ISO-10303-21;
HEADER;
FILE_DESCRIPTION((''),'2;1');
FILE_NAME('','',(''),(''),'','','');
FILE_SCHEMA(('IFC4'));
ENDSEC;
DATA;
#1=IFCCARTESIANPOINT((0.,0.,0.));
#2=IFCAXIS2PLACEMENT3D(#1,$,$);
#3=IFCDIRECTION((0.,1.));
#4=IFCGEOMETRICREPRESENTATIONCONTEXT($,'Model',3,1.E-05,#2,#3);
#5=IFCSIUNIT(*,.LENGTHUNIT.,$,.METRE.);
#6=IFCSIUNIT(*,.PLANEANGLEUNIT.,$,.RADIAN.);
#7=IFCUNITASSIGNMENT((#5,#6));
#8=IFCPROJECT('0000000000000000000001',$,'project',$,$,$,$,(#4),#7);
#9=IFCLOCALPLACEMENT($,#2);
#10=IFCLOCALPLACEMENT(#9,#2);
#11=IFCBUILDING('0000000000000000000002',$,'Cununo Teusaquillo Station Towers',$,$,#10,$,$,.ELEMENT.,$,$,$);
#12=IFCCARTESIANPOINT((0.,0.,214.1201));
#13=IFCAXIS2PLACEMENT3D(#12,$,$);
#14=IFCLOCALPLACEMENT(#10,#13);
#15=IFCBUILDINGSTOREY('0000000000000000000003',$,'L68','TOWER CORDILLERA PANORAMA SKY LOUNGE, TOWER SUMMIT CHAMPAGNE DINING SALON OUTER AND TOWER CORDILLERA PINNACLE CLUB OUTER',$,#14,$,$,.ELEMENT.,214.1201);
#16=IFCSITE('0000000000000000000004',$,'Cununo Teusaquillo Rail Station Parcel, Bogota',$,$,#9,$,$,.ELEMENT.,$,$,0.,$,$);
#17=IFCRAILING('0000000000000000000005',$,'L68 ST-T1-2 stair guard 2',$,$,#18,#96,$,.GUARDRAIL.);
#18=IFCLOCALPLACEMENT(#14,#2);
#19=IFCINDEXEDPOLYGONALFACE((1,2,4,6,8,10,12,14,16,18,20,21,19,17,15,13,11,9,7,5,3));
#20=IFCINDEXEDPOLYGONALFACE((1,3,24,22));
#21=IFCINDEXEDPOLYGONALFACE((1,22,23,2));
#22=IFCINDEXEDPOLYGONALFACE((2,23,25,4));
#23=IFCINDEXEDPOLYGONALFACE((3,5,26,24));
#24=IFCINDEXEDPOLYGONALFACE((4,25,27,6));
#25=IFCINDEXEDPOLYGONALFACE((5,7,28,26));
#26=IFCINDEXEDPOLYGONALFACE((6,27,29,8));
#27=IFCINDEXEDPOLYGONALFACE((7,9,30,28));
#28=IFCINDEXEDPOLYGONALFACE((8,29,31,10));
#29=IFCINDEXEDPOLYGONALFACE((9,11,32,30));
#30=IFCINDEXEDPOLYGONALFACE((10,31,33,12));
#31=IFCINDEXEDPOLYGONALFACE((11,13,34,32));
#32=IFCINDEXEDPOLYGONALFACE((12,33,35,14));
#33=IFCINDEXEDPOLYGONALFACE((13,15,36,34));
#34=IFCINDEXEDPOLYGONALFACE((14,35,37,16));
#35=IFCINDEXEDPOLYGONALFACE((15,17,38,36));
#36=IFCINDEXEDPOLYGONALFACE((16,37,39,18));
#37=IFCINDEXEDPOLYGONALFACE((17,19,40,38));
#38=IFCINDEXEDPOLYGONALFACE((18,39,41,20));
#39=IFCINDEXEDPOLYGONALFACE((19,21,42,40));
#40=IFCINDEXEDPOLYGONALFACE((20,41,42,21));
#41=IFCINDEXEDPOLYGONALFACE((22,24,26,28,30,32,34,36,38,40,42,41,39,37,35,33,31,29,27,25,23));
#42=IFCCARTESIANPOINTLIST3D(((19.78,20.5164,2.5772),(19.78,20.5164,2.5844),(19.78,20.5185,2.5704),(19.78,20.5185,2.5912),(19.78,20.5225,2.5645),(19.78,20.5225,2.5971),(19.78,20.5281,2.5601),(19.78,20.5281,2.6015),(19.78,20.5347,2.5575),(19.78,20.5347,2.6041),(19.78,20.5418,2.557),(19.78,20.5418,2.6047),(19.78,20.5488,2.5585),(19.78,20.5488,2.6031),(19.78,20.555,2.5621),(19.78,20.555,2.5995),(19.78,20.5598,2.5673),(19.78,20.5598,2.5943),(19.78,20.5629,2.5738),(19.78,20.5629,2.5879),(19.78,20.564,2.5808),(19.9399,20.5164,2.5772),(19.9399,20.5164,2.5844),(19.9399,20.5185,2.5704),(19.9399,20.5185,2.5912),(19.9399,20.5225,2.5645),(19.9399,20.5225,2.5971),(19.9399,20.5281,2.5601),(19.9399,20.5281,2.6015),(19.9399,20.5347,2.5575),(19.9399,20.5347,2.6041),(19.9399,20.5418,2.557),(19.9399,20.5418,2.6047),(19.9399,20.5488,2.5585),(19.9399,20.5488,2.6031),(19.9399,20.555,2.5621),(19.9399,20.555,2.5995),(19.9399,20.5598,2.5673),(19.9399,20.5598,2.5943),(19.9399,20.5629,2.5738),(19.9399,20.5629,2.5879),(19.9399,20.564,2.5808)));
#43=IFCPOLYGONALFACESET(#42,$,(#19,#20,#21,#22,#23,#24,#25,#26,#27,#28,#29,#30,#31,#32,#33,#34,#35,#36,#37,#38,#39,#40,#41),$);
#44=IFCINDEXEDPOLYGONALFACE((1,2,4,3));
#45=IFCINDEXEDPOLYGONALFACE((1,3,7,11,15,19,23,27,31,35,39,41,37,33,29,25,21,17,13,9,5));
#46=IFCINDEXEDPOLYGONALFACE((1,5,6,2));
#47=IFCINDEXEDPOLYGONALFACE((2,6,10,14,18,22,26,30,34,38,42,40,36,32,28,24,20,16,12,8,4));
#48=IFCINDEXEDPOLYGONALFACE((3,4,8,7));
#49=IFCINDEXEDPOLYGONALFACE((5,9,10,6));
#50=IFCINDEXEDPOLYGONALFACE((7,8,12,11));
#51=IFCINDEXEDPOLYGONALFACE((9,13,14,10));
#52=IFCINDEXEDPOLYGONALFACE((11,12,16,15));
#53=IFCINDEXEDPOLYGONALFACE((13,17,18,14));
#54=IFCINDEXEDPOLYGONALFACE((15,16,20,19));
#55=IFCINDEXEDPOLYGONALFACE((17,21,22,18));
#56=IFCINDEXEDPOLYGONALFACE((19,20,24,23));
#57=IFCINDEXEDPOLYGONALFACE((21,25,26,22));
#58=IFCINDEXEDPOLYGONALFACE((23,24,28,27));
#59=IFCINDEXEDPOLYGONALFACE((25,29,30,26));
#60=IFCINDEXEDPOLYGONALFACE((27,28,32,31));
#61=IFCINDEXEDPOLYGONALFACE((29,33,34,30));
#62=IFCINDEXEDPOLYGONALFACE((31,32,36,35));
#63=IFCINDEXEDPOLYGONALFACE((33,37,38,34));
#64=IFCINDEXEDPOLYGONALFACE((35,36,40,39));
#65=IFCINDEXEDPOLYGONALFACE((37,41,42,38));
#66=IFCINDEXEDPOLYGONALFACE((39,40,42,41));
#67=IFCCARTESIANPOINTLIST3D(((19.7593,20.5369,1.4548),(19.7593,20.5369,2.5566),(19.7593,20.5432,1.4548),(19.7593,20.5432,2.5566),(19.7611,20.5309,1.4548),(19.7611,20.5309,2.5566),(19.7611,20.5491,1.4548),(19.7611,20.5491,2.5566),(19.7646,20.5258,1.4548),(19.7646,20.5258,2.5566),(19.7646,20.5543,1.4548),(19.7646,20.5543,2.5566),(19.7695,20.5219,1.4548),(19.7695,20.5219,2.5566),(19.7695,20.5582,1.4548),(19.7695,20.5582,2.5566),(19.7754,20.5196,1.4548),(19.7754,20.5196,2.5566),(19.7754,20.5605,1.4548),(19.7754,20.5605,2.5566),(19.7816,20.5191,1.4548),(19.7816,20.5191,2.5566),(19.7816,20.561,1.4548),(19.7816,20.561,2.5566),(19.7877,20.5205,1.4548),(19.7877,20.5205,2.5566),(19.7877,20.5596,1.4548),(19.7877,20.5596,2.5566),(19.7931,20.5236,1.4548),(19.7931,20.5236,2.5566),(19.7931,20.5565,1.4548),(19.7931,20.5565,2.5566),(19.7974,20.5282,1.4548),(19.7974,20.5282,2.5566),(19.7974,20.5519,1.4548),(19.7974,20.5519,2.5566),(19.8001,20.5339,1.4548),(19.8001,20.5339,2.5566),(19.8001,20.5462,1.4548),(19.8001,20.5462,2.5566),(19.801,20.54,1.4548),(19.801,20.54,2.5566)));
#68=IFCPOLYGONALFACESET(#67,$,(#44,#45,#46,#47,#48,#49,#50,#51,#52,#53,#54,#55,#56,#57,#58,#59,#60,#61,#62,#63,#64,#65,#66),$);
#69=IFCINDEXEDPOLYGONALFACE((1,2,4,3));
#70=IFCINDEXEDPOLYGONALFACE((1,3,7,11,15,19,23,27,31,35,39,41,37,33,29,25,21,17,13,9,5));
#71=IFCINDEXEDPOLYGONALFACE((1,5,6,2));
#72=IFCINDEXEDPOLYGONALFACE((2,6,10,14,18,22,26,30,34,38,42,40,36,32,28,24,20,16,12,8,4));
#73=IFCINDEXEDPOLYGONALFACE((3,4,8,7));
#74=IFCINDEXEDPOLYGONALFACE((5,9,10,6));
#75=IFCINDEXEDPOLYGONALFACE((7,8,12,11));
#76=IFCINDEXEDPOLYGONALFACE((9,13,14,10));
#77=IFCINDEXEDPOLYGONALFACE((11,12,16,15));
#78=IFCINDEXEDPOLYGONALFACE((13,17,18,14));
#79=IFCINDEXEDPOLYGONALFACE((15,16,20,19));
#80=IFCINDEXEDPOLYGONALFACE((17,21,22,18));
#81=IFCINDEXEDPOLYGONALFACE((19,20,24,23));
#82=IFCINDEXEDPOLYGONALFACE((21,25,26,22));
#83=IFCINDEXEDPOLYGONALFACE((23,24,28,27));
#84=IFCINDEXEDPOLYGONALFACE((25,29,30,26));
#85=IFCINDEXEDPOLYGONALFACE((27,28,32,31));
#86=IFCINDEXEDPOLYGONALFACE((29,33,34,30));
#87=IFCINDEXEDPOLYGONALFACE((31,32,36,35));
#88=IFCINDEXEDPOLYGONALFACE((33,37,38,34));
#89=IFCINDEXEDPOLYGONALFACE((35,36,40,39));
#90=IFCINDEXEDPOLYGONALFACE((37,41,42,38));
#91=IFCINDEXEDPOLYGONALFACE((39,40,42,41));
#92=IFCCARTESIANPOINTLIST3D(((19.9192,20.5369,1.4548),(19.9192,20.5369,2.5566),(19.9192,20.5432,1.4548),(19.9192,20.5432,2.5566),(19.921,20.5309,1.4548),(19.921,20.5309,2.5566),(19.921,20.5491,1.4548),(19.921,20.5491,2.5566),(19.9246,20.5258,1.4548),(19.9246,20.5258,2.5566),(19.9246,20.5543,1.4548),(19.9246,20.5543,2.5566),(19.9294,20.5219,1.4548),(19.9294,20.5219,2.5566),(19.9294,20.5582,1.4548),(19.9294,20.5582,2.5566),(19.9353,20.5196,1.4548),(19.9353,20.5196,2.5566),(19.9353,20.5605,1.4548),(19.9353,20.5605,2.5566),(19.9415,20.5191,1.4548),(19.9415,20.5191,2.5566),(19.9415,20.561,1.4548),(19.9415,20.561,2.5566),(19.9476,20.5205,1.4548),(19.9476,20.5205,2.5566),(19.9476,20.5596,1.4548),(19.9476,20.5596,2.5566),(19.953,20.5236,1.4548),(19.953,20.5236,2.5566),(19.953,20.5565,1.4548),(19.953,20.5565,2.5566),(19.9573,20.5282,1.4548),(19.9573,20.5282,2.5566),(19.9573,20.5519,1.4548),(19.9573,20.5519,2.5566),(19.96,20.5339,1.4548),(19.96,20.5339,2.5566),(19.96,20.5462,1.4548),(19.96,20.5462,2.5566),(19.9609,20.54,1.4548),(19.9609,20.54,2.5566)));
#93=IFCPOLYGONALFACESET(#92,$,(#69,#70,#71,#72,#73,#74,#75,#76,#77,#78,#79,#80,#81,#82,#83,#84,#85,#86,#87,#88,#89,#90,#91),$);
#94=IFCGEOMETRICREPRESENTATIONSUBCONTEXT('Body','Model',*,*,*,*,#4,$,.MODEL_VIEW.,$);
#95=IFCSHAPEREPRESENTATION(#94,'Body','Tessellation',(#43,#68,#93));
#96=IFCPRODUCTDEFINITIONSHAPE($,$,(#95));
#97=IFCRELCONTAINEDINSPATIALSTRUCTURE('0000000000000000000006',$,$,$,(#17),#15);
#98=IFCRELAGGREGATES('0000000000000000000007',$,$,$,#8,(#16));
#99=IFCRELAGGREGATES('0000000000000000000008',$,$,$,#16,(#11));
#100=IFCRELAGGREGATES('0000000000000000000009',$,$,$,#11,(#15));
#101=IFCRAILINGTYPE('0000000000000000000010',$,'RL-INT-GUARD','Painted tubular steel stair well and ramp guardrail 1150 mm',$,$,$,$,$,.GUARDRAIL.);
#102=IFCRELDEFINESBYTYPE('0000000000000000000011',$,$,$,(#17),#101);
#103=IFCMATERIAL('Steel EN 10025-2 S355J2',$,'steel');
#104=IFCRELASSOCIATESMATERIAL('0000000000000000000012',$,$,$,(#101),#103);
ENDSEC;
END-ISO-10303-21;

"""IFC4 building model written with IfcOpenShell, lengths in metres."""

from ifc_helpers import new_model, si_unit, direction, frame, origin, origin_2d, place, context, subcontext, project, spatial, circle, extrude, material, type_object, element, save


model = new_model("IFC4")

# Units and contexts
model_context = context("Model", 3, precision=1e-05, world=origin(), true_north=direction((0.0, 1.0)))
body_context = subcontext(model_context, "Body", "Model", "MODEL_VIEW")
ifc_project = project(units=[si_unit("LENGTHUNIT", "METRE"), si_unit("PLANEANGLEUNIT", "RADIAN")], contexts=[model_context])

# Site, building, storey
site_placement = place(None, origin())
site = spatial("IfcSite", under=ifc_project, at=site_placement, Name="Cununo Teusaquillo Rail Station Parcel, Bogota", CompositionType="ELEMENT", RefElevation=0.0)
building_placement = place(site_placement, origin())
building = spatial("IfcBuilding", under=site, at=building_placement, Name="Cununo Teusaquillo Station Towers", CompositionType="ELEMENT")
storey_placement = place(building_placement, frame((0.0, 0.0, 214.1201)))
storey = spatial("IfcBuildingStorey", under=building, at=storey_placement, Name="L68", Description="TOWER CORDILLERA PANORAMA SKY LOUNGE, TOWER SUMMIT CHAMPAGNE DINING SALON OUTER AND TOWER CORDILLERA PINNACLE CLUB OUTER", CompositionType="ELEMENT", Elevation=214.1201)

# Railing
ifc_material_1 = material(Name="Steel EN 10025-2 S355J2", Category="steel")
railing_type_1 = type_object("IfcRailingType", Name="RL-INT-GUARD", Description="Painted tubular steel stair well and ramp guardrail 1150 mm", PredefinedType="GUARDRAIL", material=ifc_material_1)
railing_1_placement = place(storey_placement, frame((19.78, 20.54, 1.4548)))
element("IfcRailing", 1, at=railing_1_placement, inside=storey, type_object=railing_type_1, Name="L68 ST-T1-2 stair guard 2", PredefinedType="GUARDRAIL", context=body_context, shape_type="SweptSolid", body=[
    extrude(circle(Radius=0.0239, at=origin_2d()), frame((0.0, 0.0, 1.126), z_axis=(1.0, 0.0, 0.0), x_axis=(0.0, 1.0, 0.0)), (0.0, 0.0, 1.0), 0.1599),
    extrude(circle(Radius=0.021, at=origin_2d()), origin(), (0.0, 0.0, 1.0), 1.1018),
    extrude(circle(Radius=0.021, at=origin_2d()), frame((0.1599, 0.0, 0.0)), (0.0, 0.0, 1.0), 1.1018),
])

save(model, "model.ifc")
